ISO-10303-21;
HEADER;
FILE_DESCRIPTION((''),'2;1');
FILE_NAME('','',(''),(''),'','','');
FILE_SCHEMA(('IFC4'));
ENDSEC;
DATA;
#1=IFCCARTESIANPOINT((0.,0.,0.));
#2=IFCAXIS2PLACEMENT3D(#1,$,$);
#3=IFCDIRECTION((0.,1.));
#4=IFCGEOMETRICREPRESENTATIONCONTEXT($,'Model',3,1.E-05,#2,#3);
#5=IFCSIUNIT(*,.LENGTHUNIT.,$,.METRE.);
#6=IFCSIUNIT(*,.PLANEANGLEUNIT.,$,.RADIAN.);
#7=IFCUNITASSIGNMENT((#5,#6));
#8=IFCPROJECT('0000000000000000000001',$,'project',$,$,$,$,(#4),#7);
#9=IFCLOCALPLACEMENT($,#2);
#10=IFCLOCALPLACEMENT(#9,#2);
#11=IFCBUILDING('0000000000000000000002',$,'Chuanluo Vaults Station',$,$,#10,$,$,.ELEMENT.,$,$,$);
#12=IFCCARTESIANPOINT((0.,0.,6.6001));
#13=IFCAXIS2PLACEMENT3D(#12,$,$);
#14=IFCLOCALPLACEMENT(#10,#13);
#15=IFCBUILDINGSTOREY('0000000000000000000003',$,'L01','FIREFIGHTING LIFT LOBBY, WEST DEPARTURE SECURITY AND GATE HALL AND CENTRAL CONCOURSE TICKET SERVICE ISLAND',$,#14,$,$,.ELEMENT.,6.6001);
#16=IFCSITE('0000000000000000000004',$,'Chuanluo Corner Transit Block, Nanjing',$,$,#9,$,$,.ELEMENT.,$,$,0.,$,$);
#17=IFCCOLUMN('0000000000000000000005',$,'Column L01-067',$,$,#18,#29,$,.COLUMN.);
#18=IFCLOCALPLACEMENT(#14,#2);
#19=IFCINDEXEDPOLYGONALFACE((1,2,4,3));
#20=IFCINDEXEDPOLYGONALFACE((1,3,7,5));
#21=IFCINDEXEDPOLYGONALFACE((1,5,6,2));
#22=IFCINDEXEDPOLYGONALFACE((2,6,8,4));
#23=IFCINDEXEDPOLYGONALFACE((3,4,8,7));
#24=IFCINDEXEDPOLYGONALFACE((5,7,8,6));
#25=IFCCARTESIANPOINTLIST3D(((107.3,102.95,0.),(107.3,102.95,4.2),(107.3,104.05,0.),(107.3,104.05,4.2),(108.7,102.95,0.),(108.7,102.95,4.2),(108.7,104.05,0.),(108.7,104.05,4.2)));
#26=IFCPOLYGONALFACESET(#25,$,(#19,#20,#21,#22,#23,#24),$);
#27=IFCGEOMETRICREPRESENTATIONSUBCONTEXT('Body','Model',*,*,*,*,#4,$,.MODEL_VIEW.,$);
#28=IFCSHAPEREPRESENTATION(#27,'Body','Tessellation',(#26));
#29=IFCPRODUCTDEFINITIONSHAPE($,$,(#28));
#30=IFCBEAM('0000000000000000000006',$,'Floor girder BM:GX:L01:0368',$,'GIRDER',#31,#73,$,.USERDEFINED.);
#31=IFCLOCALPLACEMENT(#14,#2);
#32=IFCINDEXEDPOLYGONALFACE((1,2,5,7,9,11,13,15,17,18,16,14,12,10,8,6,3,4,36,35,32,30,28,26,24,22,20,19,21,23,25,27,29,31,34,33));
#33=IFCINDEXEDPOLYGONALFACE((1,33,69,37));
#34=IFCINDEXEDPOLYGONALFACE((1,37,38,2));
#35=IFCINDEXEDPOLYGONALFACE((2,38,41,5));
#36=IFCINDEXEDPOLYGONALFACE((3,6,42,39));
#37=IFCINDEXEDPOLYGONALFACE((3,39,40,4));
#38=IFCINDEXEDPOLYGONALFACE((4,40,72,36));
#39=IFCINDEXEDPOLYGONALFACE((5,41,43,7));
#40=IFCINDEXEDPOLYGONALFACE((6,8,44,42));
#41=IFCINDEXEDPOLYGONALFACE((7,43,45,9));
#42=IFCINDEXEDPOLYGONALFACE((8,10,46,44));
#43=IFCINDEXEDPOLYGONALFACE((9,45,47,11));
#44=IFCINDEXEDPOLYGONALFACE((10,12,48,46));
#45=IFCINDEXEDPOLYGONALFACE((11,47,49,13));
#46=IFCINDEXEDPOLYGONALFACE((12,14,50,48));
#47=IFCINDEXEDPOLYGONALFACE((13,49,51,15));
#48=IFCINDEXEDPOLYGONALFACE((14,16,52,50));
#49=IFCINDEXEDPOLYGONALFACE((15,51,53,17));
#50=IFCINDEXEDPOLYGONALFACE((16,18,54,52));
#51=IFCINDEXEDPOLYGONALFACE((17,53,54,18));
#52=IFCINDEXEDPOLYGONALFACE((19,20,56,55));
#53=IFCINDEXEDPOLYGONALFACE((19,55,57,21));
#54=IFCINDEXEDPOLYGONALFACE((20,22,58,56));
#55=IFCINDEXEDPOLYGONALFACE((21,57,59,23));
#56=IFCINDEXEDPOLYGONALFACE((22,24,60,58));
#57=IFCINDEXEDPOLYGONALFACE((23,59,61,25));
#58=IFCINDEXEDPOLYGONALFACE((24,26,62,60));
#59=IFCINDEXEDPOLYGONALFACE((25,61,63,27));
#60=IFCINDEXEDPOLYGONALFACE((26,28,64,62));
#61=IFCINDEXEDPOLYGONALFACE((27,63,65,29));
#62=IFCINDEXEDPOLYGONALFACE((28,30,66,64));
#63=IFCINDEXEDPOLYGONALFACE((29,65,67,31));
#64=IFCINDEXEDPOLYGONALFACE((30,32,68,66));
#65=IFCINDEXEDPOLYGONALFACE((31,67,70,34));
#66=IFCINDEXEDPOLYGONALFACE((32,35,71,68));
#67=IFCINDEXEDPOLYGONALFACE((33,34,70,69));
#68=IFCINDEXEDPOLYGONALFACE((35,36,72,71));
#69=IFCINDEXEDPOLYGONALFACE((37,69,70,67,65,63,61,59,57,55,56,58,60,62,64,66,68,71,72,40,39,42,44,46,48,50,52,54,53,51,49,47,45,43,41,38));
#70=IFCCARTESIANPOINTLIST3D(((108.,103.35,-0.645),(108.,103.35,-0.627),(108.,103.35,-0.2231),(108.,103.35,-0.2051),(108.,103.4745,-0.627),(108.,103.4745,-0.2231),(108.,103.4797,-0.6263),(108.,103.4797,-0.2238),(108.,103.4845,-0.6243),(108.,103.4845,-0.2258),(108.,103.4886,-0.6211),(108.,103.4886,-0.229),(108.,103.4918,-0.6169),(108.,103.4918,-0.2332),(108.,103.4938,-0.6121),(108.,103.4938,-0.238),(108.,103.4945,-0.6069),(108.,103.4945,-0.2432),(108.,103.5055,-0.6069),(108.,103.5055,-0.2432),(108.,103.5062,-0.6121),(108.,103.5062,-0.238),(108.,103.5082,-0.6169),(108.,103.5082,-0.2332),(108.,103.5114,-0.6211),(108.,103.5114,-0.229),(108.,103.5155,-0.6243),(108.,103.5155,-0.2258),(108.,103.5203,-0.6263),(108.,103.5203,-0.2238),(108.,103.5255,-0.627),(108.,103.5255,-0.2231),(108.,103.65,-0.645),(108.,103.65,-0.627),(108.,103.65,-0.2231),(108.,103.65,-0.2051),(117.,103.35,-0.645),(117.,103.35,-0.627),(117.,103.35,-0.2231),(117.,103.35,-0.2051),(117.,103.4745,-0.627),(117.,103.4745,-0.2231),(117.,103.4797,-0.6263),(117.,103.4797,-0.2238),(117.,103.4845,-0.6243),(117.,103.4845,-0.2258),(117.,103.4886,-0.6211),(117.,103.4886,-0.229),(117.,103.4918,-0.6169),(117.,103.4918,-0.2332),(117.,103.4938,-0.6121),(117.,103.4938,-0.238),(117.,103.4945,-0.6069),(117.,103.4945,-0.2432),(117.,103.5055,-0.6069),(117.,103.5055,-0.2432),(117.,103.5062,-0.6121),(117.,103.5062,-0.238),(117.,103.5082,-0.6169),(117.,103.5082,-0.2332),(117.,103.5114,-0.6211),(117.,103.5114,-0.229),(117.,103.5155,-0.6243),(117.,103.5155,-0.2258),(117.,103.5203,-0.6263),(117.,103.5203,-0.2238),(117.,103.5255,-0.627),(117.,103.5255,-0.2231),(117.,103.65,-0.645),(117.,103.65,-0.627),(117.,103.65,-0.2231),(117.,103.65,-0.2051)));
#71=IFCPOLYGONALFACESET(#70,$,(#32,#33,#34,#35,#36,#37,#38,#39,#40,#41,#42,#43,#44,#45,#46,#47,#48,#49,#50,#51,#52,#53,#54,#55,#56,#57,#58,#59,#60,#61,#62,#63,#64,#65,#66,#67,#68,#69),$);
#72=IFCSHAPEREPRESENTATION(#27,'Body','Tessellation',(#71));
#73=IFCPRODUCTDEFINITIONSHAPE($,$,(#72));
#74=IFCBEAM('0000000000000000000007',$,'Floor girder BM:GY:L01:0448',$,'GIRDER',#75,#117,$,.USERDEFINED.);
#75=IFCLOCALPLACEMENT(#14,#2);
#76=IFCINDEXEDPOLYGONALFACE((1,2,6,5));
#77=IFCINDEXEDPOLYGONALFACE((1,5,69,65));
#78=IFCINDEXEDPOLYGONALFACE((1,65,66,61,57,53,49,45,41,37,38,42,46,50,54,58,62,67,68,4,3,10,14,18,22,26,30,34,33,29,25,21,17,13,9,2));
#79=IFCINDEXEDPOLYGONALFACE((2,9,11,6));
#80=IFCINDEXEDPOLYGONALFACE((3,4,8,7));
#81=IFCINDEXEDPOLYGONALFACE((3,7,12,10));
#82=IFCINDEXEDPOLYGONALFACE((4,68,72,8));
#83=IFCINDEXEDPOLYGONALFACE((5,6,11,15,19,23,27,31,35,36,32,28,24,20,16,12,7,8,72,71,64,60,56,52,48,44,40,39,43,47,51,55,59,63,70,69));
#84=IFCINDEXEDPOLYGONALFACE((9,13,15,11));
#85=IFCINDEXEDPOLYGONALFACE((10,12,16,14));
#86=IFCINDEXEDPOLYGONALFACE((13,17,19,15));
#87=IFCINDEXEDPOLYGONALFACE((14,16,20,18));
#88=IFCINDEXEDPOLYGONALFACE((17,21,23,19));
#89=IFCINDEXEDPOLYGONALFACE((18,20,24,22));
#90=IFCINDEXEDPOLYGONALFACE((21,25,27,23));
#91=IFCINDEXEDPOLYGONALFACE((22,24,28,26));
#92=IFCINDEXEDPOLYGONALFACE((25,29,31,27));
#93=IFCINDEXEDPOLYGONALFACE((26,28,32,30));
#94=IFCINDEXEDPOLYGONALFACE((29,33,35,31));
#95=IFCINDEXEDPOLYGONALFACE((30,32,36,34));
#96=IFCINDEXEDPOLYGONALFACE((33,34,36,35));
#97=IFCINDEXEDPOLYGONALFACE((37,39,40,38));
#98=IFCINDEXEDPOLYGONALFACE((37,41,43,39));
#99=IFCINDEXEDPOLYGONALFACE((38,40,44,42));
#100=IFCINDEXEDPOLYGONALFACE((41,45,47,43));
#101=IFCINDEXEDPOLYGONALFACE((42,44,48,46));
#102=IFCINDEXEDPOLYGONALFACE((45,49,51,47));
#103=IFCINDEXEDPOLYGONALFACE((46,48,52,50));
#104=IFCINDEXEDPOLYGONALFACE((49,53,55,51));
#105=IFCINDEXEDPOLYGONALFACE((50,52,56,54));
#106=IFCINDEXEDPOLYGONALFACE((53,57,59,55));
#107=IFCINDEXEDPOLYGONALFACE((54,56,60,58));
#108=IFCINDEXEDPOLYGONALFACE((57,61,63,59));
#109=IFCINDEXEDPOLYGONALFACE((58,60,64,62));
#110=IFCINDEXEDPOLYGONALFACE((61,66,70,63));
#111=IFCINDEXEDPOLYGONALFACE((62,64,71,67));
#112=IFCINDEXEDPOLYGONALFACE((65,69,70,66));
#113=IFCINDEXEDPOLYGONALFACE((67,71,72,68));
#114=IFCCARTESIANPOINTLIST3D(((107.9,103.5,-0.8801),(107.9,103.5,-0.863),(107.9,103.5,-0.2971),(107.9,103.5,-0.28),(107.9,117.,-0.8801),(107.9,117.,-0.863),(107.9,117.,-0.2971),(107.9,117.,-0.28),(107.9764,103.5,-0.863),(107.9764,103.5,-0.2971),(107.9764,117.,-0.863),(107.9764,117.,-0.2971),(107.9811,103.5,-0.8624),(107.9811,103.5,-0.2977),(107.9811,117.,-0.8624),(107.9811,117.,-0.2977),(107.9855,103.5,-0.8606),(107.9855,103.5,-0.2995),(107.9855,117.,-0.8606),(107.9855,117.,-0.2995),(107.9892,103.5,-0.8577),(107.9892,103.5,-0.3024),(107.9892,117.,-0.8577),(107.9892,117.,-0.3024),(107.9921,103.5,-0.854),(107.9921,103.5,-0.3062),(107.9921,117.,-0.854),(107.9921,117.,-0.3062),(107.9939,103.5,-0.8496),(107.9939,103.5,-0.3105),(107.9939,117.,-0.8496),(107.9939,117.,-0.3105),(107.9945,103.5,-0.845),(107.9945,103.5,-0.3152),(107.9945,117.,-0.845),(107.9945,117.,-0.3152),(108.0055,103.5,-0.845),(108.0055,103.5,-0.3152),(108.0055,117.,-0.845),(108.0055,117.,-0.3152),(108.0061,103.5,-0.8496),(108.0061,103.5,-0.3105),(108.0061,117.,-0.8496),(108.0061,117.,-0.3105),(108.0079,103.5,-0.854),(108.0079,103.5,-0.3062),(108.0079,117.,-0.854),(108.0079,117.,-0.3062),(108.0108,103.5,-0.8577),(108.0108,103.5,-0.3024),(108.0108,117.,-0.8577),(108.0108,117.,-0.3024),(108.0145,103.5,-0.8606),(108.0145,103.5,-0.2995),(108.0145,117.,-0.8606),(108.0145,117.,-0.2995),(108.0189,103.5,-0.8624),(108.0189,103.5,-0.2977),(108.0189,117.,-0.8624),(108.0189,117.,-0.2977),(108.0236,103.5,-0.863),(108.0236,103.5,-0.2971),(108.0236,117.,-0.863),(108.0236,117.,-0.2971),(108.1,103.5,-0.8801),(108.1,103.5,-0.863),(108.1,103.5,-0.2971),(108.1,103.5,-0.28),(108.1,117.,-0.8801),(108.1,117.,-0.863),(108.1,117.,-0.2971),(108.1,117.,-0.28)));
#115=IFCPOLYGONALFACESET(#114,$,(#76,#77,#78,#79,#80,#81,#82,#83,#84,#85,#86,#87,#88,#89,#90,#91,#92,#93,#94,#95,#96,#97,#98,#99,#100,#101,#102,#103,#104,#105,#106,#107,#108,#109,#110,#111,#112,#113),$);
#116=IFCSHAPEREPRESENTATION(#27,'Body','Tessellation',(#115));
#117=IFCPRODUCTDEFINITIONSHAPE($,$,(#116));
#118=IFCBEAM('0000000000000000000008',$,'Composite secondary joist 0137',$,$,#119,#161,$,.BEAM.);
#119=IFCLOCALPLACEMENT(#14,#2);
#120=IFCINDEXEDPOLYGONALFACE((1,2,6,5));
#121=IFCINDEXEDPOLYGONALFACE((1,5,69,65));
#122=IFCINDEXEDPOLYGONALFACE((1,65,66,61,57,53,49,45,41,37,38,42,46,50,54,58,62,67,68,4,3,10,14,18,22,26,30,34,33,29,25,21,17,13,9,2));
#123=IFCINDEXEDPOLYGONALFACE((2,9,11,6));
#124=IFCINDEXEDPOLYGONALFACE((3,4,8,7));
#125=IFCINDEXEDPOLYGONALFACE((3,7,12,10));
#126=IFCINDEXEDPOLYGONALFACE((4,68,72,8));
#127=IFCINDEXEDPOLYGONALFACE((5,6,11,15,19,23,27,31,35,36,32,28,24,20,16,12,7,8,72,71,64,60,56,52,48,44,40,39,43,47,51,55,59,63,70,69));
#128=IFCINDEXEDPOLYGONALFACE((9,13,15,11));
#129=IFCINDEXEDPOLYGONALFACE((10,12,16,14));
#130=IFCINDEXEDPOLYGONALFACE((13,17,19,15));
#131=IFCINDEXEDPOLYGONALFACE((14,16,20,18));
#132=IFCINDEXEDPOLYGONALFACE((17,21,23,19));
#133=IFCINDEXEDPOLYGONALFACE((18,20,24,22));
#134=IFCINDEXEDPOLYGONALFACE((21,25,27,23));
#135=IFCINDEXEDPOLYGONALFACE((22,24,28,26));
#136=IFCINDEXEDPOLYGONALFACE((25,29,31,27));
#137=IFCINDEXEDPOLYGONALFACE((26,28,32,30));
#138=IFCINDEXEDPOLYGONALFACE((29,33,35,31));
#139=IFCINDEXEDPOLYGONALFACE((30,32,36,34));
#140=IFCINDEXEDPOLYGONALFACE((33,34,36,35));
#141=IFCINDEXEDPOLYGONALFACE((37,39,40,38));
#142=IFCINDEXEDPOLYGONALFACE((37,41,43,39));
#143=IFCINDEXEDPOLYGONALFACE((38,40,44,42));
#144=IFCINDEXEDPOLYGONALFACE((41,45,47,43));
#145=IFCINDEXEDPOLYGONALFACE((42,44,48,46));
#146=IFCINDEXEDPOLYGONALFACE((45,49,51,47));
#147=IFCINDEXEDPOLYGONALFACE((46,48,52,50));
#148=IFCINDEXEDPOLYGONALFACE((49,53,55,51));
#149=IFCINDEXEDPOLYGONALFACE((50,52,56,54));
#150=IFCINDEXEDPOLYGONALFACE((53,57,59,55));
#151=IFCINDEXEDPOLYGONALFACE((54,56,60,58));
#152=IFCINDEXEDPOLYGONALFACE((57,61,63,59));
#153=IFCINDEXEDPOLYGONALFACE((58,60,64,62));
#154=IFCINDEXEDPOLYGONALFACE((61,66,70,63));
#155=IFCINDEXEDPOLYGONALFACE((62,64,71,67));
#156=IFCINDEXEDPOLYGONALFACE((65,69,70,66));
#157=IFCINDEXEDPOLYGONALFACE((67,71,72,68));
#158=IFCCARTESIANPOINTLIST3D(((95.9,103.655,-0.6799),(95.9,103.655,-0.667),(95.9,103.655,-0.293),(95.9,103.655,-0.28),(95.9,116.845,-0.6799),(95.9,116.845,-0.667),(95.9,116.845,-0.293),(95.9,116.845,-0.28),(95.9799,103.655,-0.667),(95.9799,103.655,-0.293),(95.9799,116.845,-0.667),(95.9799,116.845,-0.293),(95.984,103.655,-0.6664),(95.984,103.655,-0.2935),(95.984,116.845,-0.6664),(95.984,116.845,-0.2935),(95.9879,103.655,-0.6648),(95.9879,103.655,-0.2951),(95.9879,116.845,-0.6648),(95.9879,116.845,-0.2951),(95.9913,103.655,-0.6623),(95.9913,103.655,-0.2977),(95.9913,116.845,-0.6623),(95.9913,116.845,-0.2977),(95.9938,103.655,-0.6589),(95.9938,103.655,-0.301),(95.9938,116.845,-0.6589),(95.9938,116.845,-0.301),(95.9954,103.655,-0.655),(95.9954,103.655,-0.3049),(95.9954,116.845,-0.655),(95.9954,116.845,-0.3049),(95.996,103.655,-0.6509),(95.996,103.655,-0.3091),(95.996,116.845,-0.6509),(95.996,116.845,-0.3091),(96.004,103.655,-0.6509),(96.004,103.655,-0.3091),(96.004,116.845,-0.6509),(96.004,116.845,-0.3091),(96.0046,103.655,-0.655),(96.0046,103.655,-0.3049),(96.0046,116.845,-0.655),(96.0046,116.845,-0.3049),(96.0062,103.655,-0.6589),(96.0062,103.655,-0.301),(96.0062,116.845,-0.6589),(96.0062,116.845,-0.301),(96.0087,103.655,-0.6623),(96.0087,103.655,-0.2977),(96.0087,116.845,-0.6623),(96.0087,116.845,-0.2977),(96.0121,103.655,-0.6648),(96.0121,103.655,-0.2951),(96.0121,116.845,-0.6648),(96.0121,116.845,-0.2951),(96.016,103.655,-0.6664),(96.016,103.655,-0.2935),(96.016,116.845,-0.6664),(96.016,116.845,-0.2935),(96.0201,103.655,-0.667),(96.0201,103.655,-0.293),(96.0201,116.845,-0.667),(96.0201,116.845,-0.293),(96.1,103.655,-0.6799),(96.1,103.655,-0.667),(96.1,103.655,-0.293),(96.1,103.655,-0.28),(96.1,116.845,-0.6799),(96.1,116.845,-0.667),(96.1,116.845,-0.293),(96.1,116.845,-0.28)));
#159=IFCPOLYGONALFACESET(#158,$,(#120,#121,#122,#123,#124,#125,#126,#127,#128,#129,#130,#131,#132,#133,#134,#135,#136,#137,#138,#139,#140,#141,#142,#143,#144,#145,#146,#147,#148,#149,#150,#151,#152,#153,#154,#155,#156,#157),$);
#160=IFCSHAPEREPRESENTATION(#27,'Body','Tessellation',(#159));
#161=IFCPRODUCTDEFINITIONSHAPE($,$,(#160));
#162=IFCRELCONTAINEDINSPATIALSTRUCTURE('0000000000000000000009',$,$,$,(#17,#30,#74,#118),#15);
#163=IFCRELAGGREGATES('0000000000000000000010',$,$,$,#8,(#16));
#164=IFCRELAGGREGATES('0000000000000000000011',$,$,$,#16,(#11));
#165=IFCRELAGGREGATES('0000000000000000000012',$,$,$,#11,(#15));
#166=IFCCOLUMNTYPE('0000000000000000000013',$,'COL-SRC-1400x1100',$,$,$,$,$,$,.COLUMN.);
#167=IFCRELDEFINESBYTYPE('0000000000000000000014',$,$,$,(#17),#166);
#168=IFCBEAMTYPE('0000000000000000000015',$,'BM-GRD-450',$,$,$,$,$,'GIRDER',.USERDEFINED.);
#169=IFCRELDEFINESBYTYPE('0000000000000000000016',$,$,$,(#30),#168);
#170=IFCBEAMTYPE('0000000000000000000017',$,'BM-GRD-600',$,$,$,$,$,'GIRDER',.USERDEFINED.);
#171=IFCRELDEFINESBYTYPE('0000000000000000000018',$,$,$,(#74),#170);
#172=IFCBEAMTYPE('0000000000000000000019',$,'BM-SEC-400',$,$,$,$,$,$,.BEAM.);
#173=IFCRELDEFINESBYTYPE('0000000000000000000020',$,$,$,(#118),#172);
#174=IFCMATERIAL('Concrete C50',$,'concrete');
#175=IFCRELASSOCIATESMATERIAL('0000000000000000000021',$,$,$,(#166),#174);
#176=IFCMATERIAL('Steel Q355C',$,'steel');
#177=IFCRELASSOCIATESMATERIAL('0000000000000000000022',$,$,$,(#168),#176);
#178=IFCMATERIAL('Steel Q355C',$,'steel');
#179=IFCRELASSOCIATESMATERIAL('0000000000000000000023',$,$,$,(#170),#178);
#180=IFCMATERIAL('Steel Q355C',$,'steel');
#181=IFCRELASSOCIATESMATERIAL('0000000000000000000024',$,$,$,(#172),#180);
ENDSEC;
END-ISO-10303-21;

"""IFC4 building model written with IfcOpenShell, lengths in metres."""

from ifc_helpers import new_model, si_unit, direction, frame, origin, origin_2d, place, context, subcontext, project, spatial, rectangle, i_section, extrude, material, material_profile, profile_set, type_object, element, save


model = new_model("IFC4")

# Units and contexts
model_context = context("Model", 3, precision=1e-05, world=origin(), true_north=direction((0.0, 1.0)))
body_context = subcontext(model_context, "Body", "Model", "MODEL_VIEW")
ifc_project = project(units=[si_unit("LENGTHUNIT", "METRE"), si_unit("PLANEANGLEUNIT", "RADIAN")], contexts=[model_context])

# Site, building, storey
site_placement = place(None, origin())
site = spatial("IfcSite", under=ifc_project, at=site_placement, Name="Chuanluo Corner Transit Block, Nanjing", CompositionType="ELEMENT", RefElevation=0.0)
building_placement = place(site_placement, origin())
building = spatial("IfcBuilding", under=site, at=building_placement, Name="Chuanluo Vaults Station", CompositionType="ELEMENT")
storey_placement = place(building_placement, frame((0.0, 0.0, 6.6001)))
storey = spatial("IfcBuildingStorey", under=building, at=storey_placement, Name="L01", Description="FIREFIGHTING LIFT LOBBY, WEST DEPARTURE SECURITY AND GATE HALL AND CENTRAL CONCOURSE TICKET SERVICE ISLAND", CompositionType="ELEMENT", Elevation=6.6001)

# Column
ifc_material_1 = material(Name="Concrete C50", Category="concrete")
ifc_material_profile_1 = material_profile(ifc_material_1, rectangle(XDim=1.3999, YDim=1.1001, at=origin_2d()))
ifc_profile_set_1 = profile_set([ifc_material_profile_1], Name="Concrete C50")
column_type = type_object("IfcColumnType", Name="COL-SRC-1400x1100", PredefinedType="COLUMN", material=ifc_profile_set_1)
column_placement = place(storey_placement, frame((108.0, 103.5, 0.0), z_axis=(0.0, 0.0, 1.0), x_axis=(1.0, 0.0, 0.0)))
element("IfcColumn", 1, at=column_placement, inside=storey, type_object=column_type, Name="Column L01-067", PredefinedType="COLUMN", context=body_context, shape_type="SweptSolid", body=[
    extrude(rectangle(XDim=1.3999, YDim=1.1001, at=origin_2d()), origin(), (0.0, 0.0, 1.0), 4.2),
])

# Beams
ifc_material_2 = material(Name="Steel Q355C", Category="steel")
ifc_material_profile_2 = material_profile(ifc_material_2, i_section(OverallWidth=0.3, OverallDepth=0.4399, WebThickness=0.011, FlangeThickness=0.0181, FilletRadius=0.02, at=origin_2d()))
ifc_profile_set_2 = profile_set([ifc_material_profile_2], Name="Steel Q355C")
beam_type_1 = type_object("IfcBeamType", Name="BM-GRD-450", ElementType="GIRDER", PredefinedType="USERDEFINED", material=ifc_profile_set_2)
beam_1_placement = place(storey_placement, frame((108.0, 103.5, -0.425), z_axis=(1.0, 0.0, 0.0), x_axis=(0.0, 1.0, 0.0)))
element("IfcBeam", 2, at=beam_1_placement, inside=storey, type_object=beam_type_1, Name="Floor girder BM:GX:L01:0368", ObjectType="GIRDER", PredefinedType="USERDEFINED", context=body_context, shape_type="SweptSolid", body=[
    extrude(i_section(OverallWidth=0.3, OverallDepth=0.4399, WebThickness=0.011, FlangeThickness=0.0181, FilletRadius=0.02, at=origin_2d()), origin(), (0.0, 0.0, 1.0), 9.0),
])
ifc_material_3 = material(Name="Steel Q355C", Category="steel")
ifc_material_profile_3 = material_profile(ifc_material_3, i_section(OverallWidth=0.2, OverallDepth=0.6001, WebThickness=0.011, FlangeThickness=0.0171, FilletRadius=0.0181, at=origin_2d()))
ifc_profile_set_3 = profile_set([ifc_material_profile_3], Name="Steel Q355C")
beam_type_2 = type_object("IfcBeamType", Name="BM-GRD-600", ElementType="GIRDER", PredefinedType="USERDEFINED", material=ifc_profile_set_3)
beam_2_placement = place(storey_placement, frame((108.0, 103.5, -0.5801), z_axis=(0.0, 1.0, 0.0), x_axis=(-1.0, 0.0, 0.0)))
element("IfcBeam", 3, at=beam_2_placement, inside=storey, type_object=beam_type_2, Name="Floor girder BM:GY:L01:0448", ObjectType="GIRDER", PredefinedType="USERDEFINED", context=body_context, shape_type="SweptSolid", body=[
    extrude(i_section(OverallWidth=0.2, OverallDepth=0.6001, WebThickness=0.011, FlangeThickness=0.0171, FilletRadius=0.0181, at=origin_2d()), origin(), (0.0, 0.0, 1.0), 13.5),
])
ifc_material_4 = material(Name="Steel Q355C", Category="steel")
ifc_material_profile_4 = material_profile(ifc_material_4, i_section(OverallWidth=0.2, OverallDepth=0.3999, WebThickness=0.0081, FlangeThickness=0.0129, FilletRadius=0.0161, at=origin_2d()))
ifc_profile_set_4 = profile_set([ifc_material_profile_4], Name="Steel Q355C")
beam_type_3 = type_object("IfcBeamType", Name="BM-SEC-400", PredefinedType="BEAM", material=ifc_profile_set_4)
for number, where, z_axis, x_axis, name in (
    (4, (96.0, 103.655, -0.48), (0.0, 1.0, 0.0), (-1.0, 0.0, 0.0), "Composite secondary joist 0137"),
):
    element("IfcBeam", number, at=place(storey_placement, frame(where, z_axis=z_axis, x_axis=x_axis)), inside=storey, type_object=beam_type_3, Name=name, PredefinedType="BEAM", context=body_context, shape_type="SweptSolid", body=[
        extrude(i_section(OverallWidth=0.2, OverallDepth=0.3999, WebThickness=0.0081, FlangeThickness=0.0129, FilletRadius=0.0161, at=origin_2d()), origin(), (0.0, 0.0, 1.0), 13.1899),
    ])

save(model, "model.ifc")
